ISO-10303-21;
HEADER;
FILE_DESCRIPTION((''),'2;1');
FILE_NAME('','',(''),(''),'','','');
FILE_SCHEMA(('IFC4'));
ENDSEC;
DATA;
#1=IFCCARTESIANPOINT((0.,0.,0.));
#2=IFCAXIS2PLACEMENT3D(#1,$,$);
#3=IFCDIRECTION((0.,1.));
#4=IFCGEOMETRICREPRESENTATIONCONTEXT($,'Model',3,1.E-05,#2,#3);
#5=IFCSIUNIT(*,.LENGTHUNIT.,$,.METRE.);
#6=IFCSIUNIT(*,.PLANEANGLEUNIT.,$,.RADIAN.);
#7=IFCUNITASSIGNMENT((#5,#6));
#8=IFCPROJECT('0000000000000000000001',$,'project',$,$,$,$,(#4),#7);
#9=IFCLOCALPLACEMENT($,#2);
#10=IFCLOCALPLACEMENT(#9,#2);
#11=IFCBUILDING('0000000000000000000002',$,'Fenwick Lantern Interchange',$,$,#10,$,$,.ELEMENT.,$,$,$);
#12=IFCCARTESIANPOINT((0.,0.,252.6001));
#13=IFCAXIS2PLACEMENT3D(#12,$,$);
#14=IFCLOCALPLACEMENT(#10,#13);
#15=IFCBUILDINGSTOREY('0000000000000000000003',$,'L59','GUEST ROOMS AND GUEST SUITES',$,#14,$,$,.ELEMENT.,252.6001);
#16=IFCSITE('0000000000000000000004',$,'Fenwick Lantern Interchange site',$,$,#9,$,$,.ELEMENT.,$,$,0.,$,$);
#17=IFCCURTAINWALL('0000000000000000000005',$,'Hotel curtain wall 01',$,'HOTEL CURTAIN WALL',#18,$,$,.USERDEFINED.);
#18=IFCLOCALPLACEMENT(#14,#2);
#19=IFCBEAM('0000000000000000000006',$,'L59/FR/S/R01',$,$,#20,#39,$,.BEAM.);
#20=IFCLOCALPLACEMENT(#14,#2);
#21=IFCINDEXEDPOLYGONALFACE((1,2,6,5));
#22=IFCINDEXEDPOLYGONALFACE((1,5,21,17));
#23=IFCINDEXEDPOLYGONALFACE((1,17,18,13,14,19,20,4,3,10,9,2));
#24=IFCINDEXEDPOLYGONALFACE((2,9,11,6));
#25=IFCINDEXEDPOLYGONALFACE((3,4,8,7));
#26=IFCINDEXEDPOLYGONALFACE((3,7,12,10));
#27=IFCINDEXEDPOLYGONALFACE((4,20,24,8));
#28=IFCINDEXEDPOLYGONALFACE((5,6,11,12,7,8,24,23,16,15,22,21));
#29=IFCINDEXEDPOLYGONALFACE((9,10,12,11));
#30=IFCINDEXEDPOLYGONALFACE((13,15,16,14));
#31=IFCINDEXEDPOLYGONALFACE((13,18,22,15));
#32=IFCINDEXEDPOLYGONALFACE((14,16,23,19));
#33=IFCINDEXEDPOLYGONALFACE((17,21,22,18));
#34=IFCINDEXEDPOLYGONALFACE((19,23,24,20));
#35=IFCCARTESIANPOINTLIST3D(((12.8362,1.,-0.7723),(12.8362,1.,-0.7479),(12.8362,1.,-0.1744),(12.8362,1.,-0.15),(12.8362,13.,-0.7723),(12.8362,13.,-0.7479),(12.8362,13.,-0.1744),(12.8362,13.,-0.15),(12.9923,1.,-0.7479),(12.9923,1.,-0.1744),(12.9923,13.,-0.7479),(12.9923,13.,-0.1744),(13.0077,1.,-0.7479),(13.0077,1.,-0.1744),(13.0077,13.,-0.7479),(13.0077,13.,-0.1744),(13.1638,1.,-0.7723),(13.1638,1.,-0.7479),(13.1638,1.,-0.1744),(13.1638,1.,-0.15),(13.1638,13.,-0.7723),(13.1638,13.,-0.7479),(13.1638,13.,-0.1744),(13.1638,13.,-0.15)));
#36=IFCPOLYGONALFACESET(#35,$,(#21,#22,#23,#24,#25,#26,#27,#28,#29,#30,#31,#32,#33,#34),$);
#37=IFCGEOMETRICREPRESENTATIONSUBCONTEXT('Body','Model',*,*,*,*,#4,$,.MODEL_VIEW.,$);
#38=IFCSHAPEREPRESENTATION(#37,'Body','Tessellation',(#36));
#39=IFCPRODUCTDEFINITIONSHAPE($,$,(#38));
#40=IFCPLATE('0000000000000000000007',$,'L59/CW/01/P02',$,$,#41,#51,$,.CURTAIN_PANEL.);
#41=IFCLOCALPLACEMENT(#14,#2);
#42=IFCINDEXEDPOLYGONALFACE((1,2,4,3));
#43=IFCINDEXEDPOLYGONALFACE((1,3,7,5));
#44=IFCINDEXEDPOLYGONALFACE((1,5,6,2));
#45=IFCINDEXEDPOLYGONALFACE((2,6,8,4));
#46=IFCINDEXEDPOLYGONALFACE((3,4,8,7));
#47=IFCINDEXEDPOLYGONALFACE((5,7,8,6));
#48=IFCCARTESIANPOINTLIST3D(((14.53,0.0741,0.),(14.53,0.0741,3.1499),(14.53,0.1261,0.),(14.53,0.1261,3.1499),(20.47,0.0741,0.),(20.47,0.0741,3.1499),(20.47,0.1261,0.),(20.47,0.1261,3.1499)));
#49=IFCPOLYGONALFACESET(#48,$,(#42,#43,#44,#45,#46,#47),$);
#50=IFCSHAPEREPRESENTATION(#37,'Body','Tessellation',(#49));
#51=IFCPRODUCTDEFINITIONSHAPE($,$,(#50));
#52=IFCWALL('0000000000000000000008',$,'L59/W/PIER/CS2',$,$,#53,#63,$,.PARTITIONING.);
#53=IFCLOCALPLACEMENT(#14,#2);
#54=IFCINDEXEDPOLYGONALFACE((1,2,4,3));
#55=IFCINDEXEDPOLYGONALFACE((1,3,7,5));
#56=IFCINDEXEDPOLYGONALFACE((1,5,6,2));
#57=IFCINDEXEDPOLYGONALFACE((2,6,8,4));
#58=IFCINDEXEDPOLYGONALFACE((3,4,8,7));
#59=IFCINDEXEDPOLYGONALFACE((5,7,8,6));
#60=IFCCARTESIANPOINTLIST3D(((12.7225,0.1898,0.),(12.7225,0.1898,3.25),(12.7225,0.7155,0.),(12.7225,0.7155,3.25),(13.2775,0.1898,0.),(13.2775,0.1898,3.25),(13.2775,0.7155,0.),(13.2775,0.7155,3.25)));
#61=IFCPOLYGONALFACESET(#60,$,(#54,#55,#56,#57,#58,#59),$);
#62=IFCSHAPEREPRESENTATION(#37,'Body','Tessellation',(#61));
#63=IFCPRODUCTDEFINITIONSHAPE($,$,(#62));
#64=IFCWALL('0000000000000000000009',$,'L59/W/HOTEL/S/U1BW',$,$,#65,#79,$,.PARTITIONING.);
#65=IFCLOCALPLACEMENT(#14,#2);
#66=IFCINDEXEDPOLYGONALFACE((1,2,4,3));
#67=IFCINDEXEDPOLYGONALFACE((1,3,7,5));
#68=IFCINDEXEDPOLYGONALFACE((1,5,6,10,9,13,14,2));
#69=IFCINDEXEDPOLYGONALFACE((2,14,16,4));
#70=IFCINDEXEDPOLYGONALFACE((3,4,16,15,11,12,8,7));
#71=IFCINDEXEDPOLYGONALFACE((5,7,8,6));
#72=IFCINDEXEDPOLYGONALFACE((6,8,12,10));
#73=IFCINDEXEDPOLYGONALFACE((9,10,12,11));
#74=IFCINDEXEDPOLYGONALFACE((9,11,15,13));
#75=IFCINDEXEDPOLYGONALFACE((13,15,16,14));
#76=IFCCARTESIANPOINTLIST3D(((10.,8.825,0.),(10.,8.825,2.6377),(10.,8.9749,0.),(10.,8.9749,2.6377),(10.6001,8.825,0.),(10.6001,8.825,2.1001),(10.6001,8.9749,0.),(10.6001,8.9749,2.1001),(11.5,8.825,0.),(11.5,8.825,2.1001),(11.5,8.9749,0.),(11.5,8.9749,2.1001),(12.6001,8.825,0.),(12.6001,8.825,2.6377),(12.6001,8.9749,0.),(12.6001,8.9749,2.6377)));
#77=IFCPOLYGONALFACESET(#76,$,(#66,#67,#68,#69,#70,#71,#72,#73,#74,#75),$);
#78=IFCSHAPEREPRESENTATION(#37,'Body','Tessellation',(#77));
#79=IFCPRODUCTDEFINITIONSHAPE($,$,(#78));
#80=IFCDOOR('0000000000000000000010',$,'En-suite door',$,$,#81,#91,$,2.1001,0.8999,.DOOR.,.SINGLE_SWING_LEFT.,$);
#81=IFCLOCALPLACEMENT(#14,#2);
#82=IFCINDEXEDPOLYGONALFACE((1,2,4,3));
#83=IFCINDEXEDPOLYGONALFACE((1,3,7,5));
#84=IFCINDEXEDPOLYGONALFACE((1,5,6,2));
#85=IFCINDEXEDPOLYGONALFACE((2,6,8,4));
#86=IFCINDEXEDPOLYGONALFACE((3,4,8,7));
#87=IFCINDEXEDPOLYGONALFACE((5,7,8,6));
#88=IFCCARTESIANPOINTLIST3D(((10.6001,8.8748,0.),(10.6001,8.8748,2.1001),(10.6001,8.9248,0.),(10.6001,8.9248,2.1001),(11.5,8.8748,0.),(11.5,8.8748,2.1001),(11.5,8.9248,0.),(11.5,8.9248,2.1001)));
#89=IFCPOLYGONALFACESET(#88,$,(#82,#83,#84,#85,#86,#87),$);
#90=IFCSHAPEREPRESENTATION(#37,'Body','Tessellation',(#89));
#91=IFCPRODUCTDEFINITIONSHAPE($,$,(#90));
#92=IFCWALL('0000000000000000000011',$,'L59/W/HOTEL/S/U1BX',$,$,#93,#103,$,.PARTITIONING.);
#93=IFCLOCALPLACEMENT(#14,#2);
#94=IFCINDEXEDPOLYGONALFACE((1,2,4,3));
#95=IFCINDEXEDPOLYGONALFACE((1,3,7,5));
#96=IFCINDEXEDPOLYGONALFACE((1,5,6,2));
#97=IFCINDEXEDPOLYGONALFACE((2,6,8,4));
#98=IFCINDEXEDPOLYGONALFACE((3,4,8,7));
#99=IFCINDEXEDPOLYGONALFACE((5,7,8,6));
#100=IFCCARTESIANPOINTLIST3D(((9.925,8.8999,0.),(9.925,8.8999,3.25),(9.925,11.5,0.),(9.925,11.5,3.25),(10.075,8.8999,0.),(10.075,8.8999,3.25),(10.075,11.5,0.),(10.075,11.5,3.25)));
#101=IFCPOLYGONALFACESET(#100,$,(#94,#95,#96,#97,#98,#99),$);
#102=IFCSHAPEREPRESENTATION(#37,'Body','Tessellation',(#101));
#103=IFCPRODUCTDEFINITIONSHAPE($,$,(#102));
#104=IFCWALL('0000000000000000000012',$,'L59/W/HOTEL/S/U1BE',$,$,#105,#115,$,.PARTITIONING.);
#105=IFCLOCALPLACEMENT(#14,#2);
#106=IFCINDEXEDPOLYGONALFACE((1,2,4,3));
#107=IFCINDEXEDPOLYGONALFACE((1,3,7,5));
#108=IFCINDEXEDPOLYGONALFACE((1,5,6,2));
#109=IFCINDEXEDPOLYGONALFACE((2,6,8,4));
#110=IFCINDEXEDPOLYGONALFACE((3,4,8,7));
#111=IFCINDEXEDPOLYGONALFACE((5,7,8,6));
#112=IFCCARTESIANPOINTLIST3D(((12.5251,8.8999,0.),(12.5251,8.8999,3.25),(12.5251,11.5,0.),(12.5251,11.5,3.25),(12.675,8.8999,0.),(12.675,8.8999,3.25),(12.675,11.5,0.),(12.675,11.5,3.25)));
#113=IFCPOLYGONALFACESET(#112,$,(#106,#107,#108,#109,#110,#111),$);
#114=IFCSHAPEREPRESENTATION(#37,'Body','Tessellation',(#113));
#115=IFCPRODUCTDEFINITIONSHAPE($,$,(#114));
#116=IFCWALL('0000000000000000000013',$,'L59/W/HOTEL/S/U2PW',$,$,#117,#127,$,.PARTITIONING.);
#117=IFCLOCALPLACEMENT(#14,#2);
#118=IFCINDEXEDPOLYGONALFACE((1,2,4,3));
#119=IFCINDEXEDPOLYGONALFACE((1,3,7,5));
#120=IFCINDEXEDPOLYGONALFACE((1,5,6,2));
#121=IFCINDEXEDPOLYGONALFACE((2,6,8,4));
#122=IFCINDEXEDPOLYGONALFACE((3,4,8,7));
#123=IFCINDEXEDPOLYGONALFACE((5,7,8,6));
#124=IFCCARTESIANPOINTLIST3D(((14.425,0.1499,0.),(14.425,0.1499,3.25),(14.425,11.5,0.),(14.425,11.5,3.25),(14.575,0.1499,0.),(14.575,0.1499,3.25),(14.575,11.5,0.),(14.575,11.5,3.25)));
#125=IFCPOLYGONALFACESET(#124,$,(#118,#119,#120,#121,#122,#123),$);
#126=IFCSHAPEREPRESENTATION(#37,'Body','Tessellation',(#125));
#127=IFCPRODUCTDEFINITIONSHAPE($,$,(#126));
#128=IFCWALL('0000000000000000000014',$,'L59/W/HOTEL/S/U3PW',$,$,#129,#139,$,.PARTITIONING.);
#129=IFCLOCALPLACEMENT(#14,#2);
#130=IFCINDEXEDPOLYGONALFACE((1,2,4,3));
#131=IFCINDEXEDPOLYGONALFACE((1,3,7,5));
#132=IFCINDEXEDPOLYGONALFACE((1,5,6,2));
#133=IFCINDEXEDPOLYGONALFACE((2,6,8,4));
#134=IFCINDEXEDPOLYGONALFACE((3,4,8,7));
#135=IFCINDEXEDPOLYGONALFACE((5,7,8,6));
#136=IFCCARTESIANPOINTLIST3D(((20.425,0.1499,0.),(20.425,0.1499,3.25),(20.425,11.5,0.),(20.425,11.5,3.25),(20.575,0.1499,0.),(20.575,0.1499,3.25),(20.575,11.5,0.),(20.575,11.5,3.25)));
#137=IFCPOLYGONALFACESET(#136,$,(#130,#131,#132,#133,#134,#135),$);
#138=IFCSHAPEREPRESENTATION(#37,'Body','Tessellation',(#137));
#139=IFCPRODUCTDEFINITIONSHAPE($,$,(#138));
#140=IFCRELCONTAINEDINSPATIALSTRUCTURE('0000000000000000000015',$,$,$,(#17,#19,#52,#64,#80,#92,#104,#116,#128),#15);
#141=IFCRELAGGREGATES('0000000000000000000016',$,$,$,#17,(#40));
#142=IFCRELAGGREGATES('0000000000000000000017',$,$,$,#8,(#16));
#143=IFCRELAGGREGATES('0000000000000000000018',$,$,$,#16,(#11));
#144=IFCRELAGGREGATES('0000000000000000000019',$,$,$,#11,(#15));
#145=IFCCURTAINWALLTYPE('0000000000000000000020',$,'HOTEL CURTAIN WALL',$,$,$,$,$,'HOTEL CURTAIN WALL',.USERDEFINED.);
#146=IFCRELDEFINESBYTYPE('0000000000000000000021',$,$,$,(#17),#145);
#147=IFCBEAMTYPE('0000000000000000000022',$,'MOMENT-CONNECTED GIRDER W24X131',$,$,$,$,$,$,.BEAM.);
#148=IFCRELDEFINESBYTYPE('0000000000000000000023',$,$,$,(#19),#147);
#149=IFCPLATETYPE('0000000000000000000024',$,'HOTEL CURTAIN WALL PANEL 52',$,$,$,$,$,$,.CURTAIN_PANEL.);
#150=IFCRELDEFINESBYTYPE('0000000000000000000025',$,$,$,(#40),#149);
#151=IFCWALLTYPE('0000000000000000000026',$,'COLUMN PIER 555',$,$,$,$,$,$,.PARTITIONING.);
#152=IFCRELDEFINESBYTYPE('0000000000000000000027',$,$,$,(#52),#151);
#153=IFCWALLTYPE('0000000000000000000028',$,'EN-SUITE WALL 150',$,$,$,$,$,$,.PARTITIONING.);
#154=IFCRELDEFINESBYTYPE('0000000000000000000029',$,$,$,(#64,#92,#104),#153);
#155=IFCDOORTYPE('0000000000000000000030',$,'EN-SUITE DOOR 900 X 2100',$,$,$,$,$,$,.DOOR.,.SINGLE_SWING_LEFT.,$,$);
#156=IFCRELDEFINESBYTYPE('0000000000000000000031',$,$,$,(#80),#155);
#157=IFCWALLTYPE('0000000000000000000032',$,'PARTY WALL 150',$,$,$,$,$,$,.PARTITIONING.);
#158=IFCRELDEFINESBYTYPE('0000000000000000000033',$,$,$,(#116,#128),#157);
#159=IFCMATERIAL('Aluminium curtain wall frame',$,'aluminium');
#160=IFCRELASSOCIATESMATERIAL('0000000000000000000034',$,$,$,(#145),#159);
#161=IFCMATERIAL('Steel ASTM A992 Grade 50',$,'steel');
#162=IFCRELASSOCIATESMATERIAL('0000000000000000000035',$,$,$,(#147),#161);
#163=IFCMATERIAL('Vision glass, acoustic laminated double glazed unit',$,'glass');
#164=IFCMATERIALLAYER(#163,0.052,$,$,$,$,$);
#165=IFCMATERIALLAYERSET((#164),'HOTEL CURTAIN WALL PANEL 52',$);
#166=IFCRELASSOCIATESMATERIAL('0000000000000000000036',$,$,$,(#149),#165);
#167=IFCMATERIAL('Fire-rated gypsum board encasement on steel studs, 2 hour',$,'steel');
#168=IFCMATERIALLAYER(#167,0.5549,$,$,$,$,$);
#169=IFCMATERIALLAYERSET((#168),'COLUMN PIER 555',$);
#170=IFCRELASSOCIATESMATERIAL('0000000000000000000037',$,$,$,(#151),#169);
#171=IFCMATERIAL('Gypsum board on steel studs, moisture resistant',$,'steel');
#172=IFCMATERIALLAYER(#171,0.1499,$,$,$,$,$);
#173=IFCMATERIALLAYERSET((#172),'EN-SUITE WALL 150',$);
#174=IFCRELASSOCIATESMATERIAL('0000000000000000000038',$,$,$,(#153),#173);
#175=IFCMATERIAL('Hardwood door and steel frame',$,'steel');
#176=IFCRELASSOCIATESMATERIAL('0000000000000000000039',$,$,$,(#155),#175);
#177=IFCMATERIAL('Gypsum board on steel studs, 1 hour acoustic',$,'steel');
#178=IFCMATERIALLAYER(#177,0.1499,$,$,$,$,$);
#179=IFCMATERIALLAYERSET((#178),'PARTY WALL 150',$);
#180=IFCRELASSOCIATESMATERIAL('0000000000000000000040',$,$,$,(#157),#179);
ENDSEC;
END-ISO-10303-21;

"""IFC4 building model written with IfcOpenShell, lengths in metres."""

from ifc_helpers import new_model, si_unit, direction, frame, frame_2d, origin, origin_2d, place, context, subcontext, project, spatial, rectangle, i_section, extrude, material, layer, layer_set, material_profile, profile_set, type_object, element, fill, aggregate, save


model = new_model("IFC4")

# Units and contexts
model_context = context("Model", 3, precision=1e-05, world=origin(), true_north=direction((0.0, 1.0)))
body_context = subcontext(model_context, "Body", "Model", "MODEL_VIEW")
ifc_project = project(units=[si_unit("LENGTHUNIT", "METRE"), si_unit("PLANEANGLEUNIT", "RADIAN")], contexts=[model_context])

# Site, building, storey
site_placement = place(None, origin())
site = spatial("IfcSite", under=ifc_project, at=site_placement, Name="Fenwick Lantern Interchange site", CompositionType="ELEMENT", RefElevation=0.0)
building_placement = place(site_placement, origin())
building = spatial("IfcBuilding", under=site, at=building_placement, Name="Fenwick Lantern Interchange", CompositionType="ELEMENT")
storey_placement = place(building_placement, frame((0.0, 0.0, 252.6001)))
storey = spatial("IfcBuildingStorey", under=building, at=storey_placement, Name="L59", Description="GUEST ROOMS AND GUEST SUITES", CompositionType="ELEMENT", Elevation=252.6001)

# Shared definitions
ifc_material_1 = material(Name="Steel ASTM A992 Grade 50", Category="steel")

# Curtain wall
ifc_material_2 = material(Name="Aluminium curtain wall frame", Category="aluminium")
curtain_wall_type = type_object("IfcCurtainWallType", Name="HOTEL CURTAIN WALL", ElementType="HOTEL CURTAIN WALL", PredefinedType="USERDEFINED", material=ifc_material_2)
curtain_wall_placement = place(storey_placement, origin())
curtain_wall = element("IfcCurtainWall", 1, at=curtain_wall_placement, inside=storey, type_object=curtain_wall_type, Name="Hotel curtain wall 01", ObjectType="HOTEL CURTAIN WALL", PredefinedType="USERDEFINED")

# Beam
ifc_material_profile_1 = material_profile(ifc_material_1, i_section(OverallWidth=0.3276, OverallDepth=0.6223, WebThickness=0.0154, FlangeThickness=0.0244, at=origin_2d()), Name="W24X131")
ifc_profile_set_1 = profile_set([ifc_material_profile_1], Name="Steel ASTM A992 Grade 50")
beam_type_1 = type_object("IfcBeamType", Name="MOMENT-CONNECTED GIRDER W24X131", PredefinedType="BEAM", material=ifc_profile_set_1)
beam_1_placement = place(storey_placement, frame((13.0, 1.0, -0.4612), z_axis=(0.0, 1.0, 0.0), x_axis=(-1.0, 0.0, 0.0)))
element("IfcBeam", 2, at=beam_1_placement, inside=storey, type_object=beam_type_1, Name="L59/FR/S/R01", PredefinedType="BEAM", context=body_context, shape_type="SweptSolid", body=[
    extrude(i_section(OverallWidth=0.3276, OverallDepth=0.6223, WebThickness=0.0154, FlangeThickness=0.0244, at=origin_2d()), origin(), (0.0, 0.0, 1.0), 12.0),
])

# Plate
ifc_material_3 = material(Name="Vision glass, acoustic laminated double glazed unit", Category="glass")
ifc_layer_1 = layer(ifc_material_3, 0.052)
ifc_layer_set_1 = layer_set([ifc_layer_1], Name="HOTEL CURTAIN WALL PANEL 52")
plate_type = type_object("IfcPlateType", Name="HOTEL CURTAIN WALL PANEL 52", PredefinedType="CURTAIN_PANEL", material=ifc_layer_set_1)
plate_placement = place(storey_placement, frame((17.5, 0.1001, 0.0), z_axis=(0.0, 0.0, 1.0), x_axis=(1.0, 0.0, 0.0)))
plate = element("IfcPlate", 3, at=plate_placement, type_object=plate_type, Name="L59/CW/01/P02", PredefinedType="CURTAIN_PANEL", context=body_context, shape_type="SweptSolid", body=[
    extrude(rectangle(XDim=5.9399, YDim=0.052, at=origin_2d()), origin(), (0.0, 0.0, 1.0), 3.1499),
])
aggregate(curtain_wall, [plate])

# Wall
ifc_material_4 = material(Name="Fire-rated gypsum board encasement on steel studs, 2 hour", Category="steel")
ifc_layer_2 = layer(ifc_material_4, 0.5549)
ifc_layer_set_2 = layer_set([ifc_layer_2], Name="COLUMN PIER 555")
wall_type_1 = type_object("IfcWallType", Name="COLUMN PIER 555", PredefinedType="PARTITIONING", material=ifc_layer_set_2)
wall_1_placement = place(storey_placement, frame((13.0, 0.1899, 0.0), z_axis=(0.0, 0.0, 1.0), x_axis=(0.0, 1.0, 0.0)))
element("IfcWall", 4, at=wall_1_placement, inside=storey, type_object=wall_type_1, Name="L59/W/PIER/CS2", PredefinedType="PARTITIONING", context=body_context, shape_type="SweptSolid", body=[
    extrude(rectangle(XDim=0.5256, YDim=0.5549, at=frame_2d((0.2627, 0.0))), origin(), (0.0, 0.0, 1.0), 3.25),
])

# Wall, opening, door
ifc_material_5 = material(Name="Gypsum board on steel studs, moisture resistant", Category="steel")
ifc_layer_3 = layer(ifc_material_5, 0.1499)
ifc_layer_set_3 = layer_set([ifc_layer_3], Name="EN-SUITE WALL 150")
wall_type_2 = type_object("IfcWallType", Name="EN-SUITE WALL 150", PredefinedType="PARTITIONING", material=ifc_layer_set_3)
wall_2_placement = place(storey_placement, frame((10.0, 8.8999, 0.0), z_axis=(0.0, 0.0, 1.0), x_axis=(1.0, 0.0, 0.0)))
wall_2 = element("IfcWall", 5, at=wall_2_placement, inside=storey, type_object=wall_type_2, Name="L59/W/HOTEL/S/U1BW", PredefinedType="PARTITIONING", context=body_context, shape_type="SweptSolid", body=[
    extrude(rectangle(XDim=2.6001, YDim=0.1499, at=frame_2d((1.3, 0.0))), origin(), (0.0, 0.0, 1.0), 2.6377),
])
opening_placement = place(wall_2_placement, frame((0.6001, 0.0, 0.0)))
opening = element("IfcOpeningElement", 6, at=opening_placement, cuts=wall_2, PredefinedType="OPENING", context=body_context, shape_type="SweptSolid", body=[
    extrude(rectangle(XDim=0.8999, YDim=2.1001, at=frame_2d((0.45, 1.05))), frame((0.0, 0.085, 0.0), z_axis=(0.0, -1.0, 0.0), x_axis=(1.0, 0.0, 0.0)), (0.0, 0.0, 1.0), 0.1699),
])
ifc_material_6 = material(Name="Hardwood door and steel frame", Category="steel")
door_type = type_object("IfcDoorType", Name="EN-SUITE DOOR 900 X 2100", OperationType="SINGLE_SWING_LEFT", PredefinedType="DOOR", material=ifc_material_6)
door_placement = place(opening_placement, origin())
door = element("IfcDoor", 7, at=door_placement, inside=storey, type_object=door_type, Name="En-suite door", OperationType="SINGLE_SWING_LEFT", OverallHeight=2.1001, OverallWidth=0.8999, PredefinedType="DOOR", context=body_context, shape_type="SweptSolid", body=[
    extrude(rectangle(XDim=0.8999, YDim=2.1001, at=frame_2d((0.45, 1.05))), frame((0.0, 0.0249, 0.0), z_axis=(0.0, -1.0, 0.0), x_axis=(1.0, 0.0, 0.0)), (0.0, 0.0, 1.0), 0.05),
])
fill(opening, door)

# Walls
for number, where, z_axis, x_axis, name in (
    (8, (10.0, 8.8999, 0.0), (0.0, 0.0, 1.0), (0.0, 1.0, 0.0), "L59/W/HOTEL/S/U1BX"),
    (9, (12.6001, 8.8999, 0.0), (0.0, 0.0, 1.0), (0.0, 1.0, 0.0), "L59/W/HOTEL/S/U1BE"),
):
    element("IfcWall", number, at=place(storey_placement, frame(where, z_axis=z_axis, x_axis=x_axis)), inside=storey, type_object=wall_type_2, Name=name, PredefinedType="PARTITIONING", context=body_context, shape_type="SweptSolid", body=[
        extrude(rectangle(XDim=2.6001, YDim=0.1499, at=frame_2d((1.3, 0.0))), origin(), (0.0, 0.0, 1.0), 3.25),
    ])
ifc_material_7 = material(Name="Gypsum board on steel studs, 1 hour acoustic", Category="steel")
ifc_layer_4 = layer(ifc_material_7, 0.1499)
ifc_layer_set_4 = layer_set([ifc_layer_4], Name="PARTY WALL 150")
wall_type_3 = type_object("IfcWallType", Name="PARTY WALL 150", PredefinedType="PARTITIONING", material=ifc_layer_set_4)
for number, where, z_axis, x_axis, name in (
    (10, (14.5, 0.1499, 0.0), (0.0, 0.0, 1.0), (0.0, 1.0, 0.0), "L59/W/HOTEL/S/U2PW"),
    (11, (20.5, 0.1499, 0.0), (0.0, 0.0, 1.0), (0.0, 1.0, 0.0), "L59/W/HOTEL/S/U3PW"),
):
    element("IfcWall", number, at=place(storey_placement, frame(where, z_axis=z_axis, x_axis=x_axis)), inside=storey, type_object=wall_type_3, Name=name, PredefinedType="PARTITIONING", context=body_context, shape_type="SweptSolid", body=[
        extrude(rectangle(XDim=11.3501, YDim=0.1499, at=frame_2d((5.675, 0.0))), origin(), (0.0, 0.0, 1.0), 3.25),
    ])

save(model, "model.ifc")
